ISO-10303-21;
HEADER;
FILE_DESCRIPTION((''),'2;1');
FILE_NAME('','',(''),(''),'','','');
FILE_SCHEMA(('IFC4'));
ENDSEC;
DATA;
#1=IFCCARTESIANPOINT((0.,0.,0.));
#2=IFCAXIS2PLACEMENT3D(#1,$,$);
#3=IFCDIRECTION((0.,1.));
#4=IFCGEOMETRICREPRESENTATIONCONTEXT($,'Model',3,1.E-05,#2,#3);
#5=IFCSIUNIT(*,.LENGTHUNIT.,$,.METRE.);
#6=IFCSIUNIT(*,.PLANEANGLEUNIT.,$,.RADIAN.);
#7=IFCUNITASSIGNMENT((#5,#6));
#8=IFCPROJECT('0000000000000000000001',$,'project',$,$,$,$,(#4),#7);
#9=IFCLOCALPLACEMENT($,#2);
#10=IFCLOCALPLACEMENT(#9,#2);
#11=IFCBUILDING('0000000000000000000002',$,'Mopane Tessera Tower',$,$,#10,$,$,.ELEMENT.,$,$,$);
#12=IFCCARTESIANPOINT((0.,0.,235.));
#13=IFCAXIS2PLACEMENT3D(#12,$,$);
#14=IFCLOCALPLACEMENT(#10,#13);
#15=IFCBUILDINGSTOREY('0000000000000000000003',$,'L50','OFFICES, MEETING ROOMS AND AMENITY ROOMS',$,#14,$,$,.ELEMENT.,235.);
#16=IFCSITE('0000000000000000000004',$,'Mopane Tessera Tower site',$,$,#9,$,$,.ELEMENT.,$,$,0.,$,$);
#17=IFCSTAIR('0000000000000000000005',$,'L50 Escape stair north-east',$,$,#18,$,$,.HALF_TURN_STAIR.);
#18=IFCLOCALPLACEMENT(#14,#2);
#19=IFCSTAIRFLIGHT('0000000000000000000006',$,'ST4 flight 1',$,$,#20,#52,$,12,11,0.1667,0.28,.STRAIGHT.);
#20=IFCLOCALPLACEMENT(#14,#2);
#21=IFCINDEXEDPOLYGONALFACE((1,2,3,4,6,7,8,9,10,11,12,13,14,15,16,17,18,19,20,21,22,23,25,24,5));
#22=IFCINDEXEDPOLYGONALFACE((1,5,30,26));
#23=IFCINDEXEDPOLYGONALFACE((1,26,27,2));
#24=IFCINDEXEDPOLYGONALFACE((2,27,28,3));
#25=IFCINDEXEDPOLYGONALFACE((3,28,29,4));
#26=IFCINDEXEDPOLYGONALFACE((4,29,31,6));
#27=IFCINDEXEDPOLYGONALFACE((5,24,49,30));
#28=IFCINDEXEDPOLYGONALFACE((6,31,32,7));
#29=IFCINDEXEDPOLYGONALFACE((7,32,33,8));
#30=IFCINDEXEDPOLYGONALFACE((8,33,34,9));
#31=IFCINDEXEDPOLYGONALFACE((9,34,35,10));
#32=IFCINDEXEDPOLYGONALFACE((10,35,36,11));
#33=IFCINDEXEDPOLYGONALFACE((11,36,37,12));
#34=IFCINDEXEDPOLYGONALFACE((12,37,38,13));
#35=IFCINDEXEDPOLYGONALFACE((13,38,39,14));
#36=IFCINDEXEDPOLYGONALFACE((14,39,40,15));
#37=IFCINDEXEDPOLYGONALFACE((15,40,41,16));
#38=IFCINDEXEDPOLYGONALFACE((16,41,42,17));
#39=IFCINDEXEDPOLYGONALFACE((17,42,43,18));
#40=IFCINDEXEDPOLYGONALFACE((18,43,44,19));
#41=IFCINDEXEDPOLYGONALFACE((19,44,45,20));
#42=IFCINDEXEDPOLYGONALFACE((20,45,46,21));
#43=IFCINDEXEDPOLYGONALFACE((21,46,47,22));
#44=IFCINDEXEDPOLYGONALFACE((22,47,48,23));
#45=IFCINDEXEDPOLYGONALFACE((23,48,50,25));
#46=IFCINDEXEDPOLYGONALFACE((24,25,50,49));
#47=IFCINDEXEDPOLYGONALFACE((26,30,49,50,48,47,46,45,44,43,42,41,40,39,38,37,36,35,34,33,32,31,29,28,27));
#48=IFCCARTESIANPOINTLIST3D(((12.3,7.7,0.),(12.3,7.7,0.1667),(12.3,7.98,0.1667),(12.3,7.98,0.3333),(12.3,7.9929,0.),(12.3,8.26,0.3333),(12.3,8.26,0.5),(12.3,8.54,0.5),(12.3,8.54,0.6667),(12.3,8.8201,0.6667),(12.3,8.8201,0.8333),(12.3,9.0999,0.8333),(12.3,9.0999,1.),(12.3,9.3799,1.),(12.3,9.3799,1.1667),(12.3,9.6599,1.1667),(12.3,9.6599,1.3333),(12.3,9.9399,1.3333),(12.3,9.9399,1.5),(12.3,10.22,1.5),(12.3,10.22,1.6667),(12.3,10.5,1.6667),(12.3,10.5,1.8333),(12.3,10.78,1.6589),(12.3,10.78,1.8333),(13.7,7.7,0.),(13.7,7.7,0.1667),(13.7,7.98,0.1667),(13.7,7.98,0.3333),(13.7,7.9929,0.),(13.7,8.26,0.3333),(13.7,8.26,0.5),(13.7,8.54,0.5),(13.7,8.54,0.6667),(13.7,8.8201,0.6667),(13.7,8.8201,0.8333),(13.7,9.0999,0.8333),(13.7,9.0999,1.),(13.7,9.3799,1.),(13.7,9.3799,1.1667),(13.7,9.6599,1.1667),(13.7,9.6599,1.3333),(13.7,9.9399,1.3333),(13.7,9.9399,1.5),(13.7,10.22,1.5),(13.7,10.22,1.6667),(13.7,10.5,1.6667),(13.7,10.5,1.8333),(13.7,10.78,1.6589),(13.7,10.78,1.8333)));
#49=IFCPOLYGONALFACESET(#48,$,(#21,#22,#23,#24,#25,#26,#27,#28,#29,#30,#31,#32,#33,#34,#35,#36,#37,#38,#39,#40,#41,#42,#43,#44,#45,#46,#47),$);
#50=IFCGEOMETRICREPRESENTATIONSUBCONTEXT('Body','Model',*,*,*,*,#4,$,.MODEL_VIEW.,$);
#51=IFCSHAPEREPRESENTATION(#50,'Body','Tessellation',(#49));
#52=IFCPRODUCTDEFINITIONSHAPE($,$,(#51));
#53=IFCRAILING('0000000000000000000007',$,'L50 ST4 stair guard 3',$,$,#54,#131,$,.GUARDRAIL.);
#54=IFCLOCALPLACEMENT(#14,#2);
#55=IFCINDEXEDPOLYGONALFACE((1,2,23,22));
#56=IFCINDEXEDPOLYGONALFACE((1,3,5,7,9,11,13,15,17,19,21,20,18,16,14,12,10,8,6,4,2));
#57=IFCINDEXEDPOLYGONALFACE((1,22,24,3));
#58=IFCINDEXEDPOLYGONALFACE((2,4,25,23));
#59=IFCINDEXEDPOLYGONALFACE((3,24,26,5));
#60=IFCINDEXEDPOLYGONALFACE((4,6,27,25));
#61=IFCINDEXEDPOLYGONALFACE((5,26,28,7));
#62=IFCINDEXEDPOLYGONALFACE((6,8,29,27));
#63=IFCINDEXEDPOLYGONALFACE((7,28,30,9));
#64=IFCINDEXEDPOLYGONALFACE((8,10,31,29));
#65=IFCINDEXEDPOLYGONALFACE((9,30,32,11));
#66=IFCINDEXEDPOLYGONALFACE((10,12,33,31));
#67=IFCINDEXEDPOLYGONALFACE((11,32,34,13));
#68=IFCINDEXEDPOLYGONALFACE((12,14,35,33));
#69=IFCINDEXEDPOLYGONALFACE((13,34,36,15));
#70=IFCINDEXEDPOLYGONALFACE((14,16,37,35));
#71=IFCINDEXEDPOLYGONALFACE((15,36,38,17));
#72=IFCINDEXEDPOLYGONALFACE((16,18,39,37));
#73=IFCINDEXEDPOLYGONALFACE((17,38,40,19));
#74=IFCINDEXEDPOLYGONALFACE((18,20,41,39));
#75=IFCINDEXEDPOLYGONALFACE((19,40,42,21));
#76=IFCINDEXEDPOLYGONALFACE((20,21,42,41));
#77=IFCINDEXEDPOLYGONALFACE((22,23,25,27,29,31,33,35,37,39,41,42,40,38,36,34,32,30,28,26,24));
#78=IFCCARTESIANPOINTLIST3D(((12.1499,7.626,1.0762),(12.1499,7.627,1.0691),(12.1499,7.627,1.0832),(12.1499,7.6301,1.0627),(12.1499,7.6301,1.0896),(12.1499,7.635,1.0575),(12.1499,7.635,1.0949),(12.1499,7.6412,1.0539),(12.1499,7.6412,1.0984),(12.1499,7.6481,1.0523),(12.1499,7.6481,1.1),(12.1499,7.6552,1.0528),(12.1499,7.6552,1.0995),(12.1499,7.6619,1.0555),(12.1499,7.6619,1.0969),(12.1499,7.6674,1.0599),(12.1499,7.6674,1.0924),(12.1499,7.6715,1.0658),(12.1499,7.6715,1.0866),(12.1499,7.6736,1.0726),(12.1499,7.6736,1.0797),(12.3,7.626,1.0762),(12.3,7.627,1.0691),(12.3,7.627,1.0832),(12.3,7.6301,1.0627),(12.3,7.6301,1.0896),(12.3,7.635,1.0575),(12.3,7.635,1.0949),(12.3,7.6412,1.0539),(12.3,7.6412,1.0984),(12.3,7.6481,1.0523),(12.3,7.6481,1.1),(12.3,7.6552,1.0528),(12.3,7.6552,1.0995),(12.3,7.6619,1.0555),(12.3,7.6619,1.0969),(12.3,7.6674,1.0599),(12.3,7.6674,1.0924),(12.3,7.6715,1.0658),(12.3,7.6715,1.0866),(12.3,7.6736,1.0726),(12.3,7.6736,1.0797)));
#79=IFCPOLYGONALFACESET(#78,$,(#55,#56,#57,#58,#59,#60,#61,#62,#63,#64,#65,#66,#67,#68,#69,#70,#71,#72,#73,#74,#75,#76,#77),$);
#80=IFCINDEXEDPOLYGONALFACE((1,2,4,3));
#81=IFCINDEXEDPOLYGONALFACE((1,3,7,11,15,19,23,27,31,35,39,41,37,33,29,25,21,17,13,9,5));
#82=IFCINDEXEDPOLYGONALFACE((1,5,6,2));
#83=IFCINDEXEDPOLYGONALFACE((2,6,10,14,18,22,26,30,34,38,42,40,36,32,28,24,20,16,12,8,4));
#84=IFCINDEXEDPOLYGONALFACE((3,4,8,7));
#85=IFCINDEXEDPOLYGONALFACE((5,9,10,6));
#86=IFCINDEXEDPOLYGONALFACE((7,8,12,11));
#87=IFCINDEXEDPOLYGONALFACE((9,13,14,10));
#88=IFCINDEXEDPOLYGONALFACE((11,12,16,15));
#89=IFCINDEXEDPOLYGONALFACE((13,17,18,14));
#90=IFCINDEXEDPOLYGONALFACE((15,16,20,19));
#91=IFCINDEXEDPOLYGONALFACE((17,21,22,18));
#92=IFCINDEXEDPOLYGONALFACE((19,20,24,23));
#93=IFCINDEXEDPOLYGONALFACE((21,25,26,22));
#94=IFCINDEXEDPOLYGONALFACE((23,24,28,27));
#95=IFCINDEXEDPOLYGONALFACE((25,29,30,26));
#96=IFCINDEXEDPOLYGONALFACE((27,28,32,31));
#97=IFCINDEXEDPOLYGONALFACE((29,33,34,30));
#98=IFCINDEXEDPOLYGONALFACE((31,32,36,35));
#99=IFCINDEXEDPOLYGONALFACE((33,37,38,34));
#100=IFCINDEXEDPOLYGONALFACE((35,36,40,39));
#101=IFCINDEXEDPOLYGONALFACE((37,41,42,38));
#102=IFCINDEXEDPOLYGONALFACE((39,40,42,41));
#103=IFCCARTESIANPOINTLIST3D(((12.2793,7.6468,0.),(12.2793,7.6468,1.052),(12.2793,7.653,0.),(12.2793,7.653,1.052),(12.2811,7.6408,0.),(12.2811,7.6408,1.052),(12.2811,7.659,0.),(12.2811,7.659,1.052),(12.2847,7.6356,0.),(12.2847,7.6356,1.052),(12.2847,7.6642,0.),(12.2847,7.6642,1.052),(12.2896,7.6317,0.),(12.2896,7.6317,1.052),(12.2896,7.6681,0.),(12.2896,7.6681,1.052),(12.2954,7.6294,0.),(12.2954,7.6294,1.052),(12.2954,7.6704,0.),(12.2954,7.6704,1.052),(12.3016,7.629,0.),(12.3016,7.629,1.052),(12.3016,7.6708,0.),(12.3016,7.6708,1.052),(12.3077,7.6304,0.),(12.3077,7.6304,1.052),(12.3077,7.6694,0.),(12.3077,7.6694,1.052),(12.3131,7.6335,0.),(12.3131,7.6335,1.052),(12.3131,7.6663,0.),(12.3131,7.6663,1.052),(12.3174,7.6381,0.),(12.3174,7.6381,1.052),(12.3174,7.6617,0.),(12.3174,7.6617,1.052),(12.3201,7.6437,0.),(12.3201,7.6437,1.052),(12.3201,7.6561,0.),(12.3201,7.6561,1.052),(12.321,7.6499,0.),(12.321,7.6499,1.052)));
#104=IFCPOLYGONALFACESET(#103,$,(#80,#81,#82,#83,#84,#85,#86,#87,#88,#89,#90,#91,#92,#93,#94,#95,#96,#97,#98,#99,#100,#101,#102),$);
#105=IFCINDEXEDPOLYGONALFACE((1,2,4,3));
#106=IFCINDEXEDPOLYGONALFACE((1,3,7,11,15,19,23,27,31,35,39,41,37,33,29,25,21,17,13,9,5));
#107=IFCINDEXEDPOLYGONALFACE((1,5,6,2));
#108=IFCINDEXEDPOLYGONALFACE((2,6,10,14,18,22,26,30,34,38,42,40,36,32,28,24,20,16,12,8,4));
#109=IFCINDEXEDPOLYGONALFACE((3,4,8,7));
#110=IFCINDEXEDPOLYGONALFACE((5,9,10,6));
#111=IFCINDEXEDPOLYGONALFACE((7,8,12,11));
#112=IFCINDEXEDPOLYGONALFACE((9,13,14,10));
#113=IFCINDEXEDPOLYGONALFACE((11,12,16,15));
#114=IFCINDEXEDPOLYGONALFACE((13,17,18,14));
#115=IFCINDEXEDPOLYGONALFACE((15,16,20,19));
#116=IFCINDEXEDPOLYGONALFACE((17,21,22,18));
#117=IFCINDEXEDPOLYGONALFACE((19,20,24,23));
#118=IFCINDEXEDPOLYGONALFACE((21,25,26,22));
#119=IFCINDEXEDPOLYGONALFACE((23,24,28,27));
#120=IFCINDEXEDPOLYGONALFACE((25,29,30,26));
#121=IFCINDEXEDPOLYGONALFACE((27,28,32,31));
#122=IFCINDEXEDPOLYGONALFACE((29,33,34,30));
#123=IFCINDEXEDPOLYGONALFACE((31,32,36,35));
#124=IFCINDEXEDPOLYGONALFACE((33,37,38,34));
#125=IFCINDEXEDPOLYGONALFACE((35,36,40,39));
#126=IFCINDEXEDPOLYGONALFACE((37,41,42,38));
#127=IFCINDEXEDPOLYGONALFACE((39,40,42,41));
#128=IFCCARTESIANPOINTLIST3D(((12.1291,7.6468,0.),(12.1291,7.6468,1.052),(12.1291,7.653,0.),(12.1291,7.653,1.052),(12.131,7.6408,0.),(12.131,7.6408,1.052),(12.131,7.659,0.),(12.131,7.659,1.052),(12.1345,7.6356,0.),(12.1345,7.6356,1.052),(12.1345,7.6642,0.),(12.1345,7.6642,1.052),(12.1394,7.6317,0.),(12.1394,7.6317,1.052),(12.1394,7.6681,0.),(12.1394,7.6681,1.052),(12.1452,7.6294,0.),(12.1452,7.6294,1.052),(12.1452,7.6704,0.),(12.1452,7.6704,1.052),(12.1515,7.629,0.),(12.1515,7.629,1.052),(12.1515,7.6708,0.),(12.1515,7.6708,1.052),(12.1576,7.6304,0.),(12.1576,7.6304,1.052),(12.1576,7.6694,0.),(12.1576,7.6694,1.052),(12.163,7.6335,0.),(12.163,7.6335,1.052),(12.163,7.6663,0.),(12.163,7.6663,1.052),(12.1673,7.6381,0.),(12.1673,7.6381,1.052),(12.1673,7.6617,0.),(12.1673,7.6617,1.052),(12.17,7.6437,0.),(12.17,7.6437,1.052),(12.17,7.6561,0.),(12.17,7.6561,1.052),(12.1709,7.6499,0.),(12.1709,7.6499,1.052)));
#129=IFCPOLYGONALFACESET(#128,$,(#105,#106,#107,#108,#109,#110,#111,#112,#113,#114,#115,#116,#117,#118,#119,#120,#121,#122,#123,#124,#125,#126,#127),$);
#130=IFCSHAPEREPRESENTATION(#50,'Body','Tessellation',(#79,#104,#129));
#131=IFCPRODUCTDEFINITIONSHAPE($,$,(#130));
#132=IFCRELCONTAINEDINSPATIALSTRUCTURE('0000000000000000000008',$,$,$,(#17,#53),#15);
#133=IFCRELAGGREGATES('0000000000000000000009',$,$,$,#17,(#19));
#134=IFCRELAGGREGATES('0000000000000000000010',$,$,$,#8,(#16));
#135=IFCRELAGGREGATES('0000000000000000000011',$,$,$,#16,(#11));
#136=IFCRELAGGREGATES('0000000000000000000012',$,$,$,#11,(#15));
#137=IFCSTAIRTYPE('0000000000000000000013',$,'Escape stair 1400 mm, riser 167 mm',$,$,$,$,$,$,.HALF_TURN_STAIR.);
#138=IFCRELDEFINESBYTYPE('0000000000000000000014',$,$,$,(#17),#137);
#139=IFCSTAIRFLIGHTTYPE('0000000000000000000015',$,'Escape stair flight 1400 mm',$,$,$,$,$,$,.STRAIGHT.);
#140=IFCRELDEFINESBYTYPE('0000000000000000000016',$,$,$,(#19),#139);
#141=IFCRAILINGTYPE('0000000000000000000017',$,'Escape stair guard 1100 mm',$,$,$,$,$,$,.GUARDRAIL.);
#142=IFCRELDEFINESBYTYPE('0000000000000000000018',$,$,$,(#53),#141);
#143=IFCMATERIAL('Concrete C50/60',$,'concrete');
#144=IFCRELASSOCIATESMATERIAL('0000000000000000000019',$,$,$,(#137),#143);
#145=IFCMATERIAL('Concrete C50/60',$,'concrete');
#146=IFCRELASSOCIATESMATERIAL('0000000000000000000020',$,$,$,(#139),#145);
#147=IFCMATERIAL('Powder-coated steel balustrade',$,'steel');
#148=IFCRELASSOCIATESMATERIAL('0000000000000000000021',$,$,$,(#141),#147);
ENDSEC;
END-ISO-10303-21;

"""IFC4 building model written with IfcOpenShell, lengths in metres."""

from ifc_helpers import new_model, si_unit, direction, frame, origin, origin_2d, place, context, subcontext, project, spatial, polyline, circle, outline, extrude, material, type_object, element, aggregate, save


model = new_model("IFC4")

# Units and contexts
model_context = context("Model", 3, precision=1e-05, world=origin(), true_north=direction((0.0, 1.0)))
body_context = subcontext(model_context, "Body", "Model", "MODEL_VIEW")
ifc_project = project(units=[si_unit("LENGTHUNIT", "METRE"), si_unit("PLANEANGLEUNIT", "RADIAN")], contexts=[model_context])

# Site, building, storey
site_placement = place(None, origin())
site = spatial("IfcSite", under=ifc_project, at=site_placement, Name="Mopane Tessera Tower site", CompositionType="ELEMENT", RefElevation=0.0)
building_placement = place(site_placement, origin())
building = spatial("IfcBuilding", under=site, at=building_placement, Name="Mopane Tessera Tower", CompositionType="ELEMENT")
storey_placement = place(building_placement, frame((0.0, 0.0, 235.0)))
storey = spatial("IfcBuildingStorey", under=building, at=storey_placement, Name="L50", Description="OFFICES, MEETING ROOMS AND AMENITY ROOMS", CompositionType="ELEMENT", Elevation=235.0)

# Stair
ifc_material_1 = material(Name="Concrete C50/60", Category="concrete")
stair_type = type_object("IfcStairType", Name="Escape stair 1400 mm, riser 167 mm", PredefinedType="HALF_TURN_STAIR", material=ifc_material_1)
stair_1_placement = place(storey_placement, origin())
stair_1 = element("IfcStair", 1, at=stair_1_placement, inside=storey, type_object=stair_type, Name="L50 Escape stair north-east", PredefinedType="HALF_TURN_STAIR")

# Stair flight
ifc_material_2 = material(Name="Concrete C50/60", Category="concrete")
stair_flight_type = type_object("IfcStairFlightType", Name="Escape stair flight 1400 mm", PredefinedType="STRAIGHT", material=ifc_material_2)
stair_flight_placement = place(storey_placement, frame((13.0, 7.7, 0.0), z_axis=(0.0, 0.0, 1.0), x_axis=(0.0, 1.0, 0.0)))
stair_flight = element("IfcStairFlight", 2, at=stair_flight_placement, type_object=stair_flight_type, Name="ST4 flight 1", NumberOfRisers=12, NumberOfTreads=11, PredefinedType="STRAIGHT", RiserHeight=0.1667, TreadLength=0.28, context=body_context, shape_type="SweptSolid", body=[
    extrude(outline(polyline([(0.0, 0.0), (0.0, 0.1667), (0.28, 0.1667), (0.28, 0.3333), (0.5601, 0.3333), (0.5601, 0.5), (0.8401, 0.5), (0.8401, 0.6667), (1.1201, 0.6667), (1.1201, 0.8333), (1.3999, 0.8333), (1.3999, 1.0), (1.6799, 1.0), (1.6799, 1.1667), (1.96, 1.1667), (1.96, 1.3333), (2.24, 1.3333), (2.24, 1.5), (2.52, 1.5), (2.52, 1.6667), (2.8, 1.6667), (2.8, 1.8333), (3.0801, 1.8333), (3.0801, 2.0), (3.0801, 1.6589), (0.293, 0.0), (0.0, 0.0)])), frame((0.0, 0.7, 0.0), z_axis=(0.0, -1.0, 0.0), x_axis=(1.0, 0.0, 0.0)), (0.0, 0.0, 1.0), 1.3999),
])
aggregate(stair_1, [stair_flight])

# Railing
ifc_material_3 = material(Name="Powder-coated steel balustrade", Category="steel")
railing_type_1 = type_object("IfcRailingType", Name="Escape stair guard 1100 mm", PredefinedType="GUARDRAIL", material=ifc_material_3)
railing_1_placement = place(storey_placement, frame((12.3, 7.6499, 0.0)))
element("IfcRailing", 3, at=railing_1_placement, inside=storey, type_object=railing_type_1, Name="L50 ST4 stair guard 3", PredefinedType="GUARDRAIL", context=body_context, shape_type="SweptSolid", body=[
    extrude(circle(Radius=0.0239, at=origin_2d()), frame((0.0, 0.0, 1.0762), z_axis=(-1.0, 0.0, 0.0), x_axis=(0.0, -1.0, 0.0)), (0.0, 0.0, 1.0), 0.1501),
    extrude(circle(Radius=0.021, at=origin_2d()), origin(), (0.0, 0.0, 1.0), 1.052),
    extrude(circle(Radius=0.021, at=origin_2d()), frame((-0.1501, 0.0, 0.0)), (0.0, 0.0, 1.0), 1.052),
])

save(model, "model.ifc")
